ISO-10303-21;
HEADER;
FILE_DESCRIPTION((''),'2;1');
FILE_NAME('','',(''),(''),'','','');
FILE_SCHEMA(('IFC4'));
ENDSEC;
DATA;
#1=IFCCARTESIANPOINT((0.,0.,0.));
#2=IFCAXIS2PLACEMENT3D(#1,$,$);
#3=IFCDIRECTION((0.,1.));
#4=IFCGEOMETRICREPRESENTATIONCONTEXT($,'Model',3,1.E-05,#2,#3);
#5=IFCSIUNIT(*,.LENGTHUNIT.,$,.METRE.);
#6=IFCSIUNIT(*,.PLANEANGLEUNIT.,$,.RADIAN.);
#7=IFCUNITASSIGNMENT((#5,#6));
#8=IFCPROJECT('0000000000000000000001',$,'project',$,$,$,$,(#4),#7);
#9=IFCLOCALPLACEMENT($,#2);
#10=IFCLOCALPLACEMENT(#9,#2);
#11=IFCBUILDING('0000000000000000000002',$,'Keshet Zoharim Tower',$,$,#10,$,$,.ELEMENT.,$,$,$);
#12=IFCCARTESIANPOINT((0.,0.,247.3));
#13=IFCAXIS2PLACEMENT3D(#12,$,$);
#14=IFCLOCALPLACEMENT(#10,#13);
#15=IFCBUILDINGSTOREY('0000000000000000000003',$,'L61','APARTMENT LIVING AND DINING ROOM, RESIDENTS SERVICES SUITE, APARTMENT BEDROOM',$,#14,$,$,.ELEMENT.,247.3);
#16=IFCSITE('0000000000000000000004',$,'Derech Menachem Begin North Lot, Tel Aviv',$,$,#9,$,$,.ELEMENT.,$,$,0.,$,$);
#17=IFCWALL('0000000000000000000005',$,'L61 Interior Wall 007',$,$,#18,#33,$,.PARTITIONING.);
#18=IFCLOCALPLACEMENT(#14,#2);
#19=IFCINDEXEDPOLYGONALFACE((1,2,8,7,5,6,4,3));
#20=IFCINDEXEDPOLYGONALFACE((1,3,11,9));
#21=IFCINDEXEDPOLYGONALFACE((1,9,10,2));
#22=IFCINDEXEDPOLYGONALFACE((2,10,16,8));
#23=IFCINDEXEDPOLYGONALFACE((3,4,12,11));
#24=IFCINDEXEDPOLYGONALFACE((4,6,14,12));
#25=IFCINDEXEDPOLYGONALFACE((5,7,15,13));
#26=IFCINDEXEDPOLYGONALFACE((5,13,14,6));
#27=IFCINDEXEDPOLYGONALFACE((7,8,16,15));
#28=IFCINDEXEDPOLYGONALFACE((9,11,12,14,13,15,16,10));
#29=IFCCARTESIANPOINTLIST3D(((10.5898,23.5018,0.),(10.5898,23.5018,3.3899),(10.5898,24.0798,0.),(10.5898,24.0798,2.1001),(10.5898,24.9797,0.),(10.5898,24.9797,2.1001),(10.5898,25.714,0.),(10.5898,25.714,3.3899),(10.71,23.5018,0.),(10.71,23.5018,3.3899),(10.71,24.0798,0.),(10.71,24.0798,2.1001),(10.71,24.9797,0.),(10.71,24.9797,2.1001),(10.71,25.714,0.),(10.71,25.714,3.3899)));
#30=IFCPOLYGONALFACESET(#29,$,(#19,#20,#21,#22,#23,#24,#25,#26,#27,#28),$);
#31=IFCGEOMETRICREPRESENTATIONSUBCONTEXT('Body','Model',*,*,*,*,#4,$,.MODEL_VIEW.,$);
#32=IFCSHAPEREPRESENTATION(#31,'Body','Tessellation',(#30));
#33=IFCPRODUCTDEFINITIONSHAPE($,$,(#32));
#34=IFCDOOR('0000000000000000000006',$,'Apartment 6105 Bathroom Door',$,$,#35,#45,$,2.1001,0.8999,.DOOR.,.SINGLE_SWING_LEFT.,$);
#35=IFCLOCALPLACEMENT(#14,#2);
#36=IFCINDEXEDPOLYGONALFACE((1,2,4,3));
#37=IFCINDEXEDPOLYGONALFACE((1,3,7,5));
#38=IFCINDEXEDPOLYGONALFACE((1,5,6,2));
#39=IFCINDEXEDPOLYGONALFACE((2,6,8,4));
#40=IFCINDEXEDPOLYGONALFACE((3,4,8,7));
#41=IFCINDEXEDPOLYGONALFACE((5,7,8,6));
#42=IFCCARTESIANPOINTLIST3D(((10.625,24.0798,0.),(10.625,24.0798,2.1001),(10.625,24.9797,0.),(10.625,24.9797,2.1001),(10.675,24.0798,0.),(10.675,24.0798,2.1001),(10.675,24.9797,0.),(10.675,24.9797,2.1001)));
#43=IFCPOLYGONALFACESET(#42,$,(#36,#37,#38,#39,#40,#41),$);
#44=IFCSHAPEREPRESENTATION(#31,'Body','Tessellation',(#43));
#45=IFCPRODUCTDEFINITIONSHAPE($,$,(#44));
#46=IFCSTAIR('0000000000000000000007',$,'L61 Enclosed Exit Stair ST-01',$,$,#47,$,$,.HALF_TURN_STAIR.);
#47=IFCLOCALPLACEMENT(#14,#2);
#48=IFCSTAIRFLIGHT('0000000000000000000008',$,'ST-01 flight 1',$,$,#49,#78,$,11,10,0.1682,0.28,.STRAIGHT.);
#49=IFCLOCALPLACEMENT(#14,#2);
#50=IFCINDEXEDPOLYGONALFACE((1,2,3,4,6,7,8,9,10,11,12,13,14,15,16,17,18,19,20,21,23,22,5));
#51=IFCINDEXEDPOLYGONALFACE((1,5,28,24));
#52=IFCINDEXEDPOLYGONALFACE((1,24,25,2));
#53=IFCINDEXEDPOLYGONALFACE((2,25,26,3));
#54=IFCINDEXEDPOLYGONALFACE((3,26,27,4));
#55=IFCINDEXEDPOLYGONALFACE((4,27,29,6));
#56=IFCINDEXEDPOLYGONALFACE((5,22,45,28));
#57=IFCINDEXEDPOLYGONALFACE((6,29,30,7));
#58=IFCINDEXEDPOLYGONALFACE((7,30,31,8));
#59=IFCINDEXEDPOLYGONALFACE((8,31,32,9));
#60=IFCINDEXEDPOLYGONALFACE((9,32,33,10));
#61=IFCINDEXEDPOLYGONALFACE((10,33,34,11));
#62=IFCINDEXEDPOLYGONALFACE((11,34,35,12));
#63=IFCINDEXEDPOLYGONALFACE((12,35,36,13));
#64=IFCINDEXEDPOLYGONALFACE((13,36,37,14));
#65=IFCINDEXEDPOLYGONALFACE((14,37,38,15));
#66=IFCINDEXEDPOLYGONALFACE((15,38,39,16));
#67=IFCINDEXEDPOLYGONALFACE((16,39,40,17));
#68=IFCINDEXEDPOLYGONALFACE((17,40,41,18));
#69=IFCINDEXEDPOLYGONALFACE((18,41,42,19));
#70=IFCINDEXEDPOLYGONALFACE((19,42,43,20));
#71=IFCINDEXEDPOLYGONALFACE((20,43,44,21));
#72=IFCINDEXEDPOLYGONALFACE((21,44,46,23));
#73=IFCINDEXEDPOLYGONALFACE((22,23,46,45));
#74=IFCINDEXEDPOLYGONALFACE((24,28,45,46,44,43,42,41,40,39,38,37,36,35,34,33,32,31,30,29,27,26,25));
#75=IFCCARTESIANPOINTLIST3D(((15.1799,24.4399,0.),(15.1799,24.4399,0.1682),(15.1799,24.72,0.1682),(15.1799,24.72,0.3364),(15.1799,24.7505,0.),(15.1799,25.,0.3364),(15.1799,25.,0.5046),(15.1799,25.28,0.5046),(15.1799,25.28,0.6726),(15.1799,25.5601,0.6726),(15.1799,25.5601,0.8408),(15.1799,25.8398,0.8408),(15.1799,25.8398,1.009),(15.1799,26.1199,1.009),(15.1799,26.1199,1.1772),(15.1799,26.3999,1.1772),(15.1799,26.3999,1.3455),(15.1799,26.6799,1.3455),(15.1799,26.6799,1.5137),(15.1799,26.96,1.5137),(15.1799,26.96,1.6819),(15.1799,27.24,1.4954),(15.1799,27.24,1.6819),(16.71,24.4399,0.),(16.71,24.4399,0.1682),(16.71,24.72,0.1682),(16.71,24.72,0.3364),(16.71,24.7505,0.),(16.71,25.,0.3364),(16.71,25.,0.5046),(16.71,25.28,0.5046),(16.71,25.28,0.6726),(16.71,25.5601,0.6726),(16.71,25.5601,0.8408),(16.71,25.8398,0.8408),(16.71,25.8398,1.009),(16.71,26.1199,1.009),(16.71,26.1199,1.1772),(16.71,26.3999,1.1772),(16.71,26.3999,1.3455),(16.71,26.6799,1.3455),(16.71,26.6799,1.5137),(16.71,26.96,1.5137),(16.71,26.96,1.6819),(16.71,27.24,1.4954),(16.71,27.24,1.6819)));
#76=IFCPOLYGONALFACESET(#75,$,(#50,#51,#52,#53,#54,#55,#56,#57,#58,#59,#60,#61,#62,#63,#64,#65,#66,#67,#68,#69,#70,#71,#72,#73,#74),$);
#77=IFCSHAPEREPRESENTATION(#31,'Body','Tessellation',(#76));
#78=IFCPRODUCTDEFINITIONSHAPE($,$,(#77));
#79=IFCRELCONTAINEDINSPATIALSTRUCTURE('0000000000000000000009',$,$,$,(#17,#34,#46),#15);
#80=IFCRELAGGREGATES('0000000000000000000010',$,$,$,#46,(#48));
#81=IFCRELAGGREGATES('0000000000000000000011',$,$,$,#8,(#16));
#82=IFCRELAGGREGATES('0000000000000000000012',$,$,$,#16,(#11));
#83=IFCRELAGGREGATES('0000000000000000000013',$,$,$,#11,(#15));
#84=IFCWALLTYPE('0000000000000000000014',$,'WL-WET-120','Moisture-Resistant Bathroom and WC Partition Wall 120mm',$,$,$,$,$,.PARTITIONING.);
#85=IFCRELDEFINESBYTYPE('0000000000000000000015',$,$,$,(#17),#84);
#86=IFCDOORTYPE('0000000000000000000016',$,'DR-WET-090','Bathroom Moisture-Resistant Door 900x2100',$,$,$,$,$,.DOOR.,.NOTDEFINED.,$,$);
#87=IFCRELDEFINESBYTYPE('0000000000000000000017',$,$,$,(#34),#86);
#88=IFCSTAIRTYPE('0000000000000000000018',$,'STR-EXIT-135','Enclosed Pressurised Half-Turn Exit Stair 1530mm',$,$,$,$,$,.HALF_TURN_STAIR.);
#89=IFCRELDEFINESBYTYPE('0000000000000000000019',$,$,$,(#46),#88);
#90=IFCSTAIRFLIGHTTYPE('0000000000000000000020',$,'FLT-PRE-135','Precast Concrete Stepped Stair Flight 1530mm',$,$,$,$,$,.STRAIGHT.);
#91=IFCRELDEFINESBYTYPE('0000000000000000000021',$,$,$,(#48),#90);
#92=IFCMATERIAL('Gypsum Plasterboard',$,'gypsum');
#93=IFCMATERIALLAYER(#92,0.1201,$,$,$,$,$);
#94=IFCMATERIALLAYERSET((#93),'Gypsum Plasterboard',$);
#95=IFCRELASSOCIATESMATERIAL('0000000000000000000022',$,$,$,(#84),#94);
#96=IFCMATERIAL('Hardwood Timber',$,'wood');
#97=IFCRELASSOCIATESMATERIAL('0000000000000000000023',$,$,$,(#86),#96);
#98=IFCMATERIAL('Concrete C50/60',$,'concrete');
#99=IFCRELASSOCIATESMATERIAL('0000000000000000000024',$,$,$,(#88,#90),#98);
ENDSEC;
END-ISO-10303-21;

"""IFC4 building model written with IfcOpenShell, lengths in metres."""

from ifc_helpers import new_model, si_unit, direction, frame, frame_2d, origin, place, context, subcontext, project, spatial, polyline, rectangle, outline, extrude, material, layer, layer_set, type_object, element, fill, aggregate, save


model = new_model("IFC4")

# Units and contexts
model_context = context("Model", 3, precision=1e-05, world=origin(), true_north=direction((0.0, 1.0)))
body_context = subcontext(model_context, "Body", "Model", "MODEL_VIEW")
ifc_project = project(units=[si_unit("LENGTHUNIT", "METRE"), si_unit("PLANEANGLEUNIT", "RADIAN")], contexts=[model_context])

# Site, building, storey
site_placement = place(None, origin())
site = spatial("IfcSite", under=ifc_project, at=site_placement, Name="Derech Menachem Begin North Lot, Tel Aviv", CompositionType="ELEMENT", RefElevation=0.0)
building_placement = place(site_placement, origin())
building = spatial("IfcBuilding", under=site, at=building_placement, Name="Keshet Zoharim Tower", CompositionType="ELEMENT")
storey_placement = place(building_placement, frame((0.0, 0.0, 247.3)))
storey = spatial("IfcBuildingStorey", under=building, at=storey_placement, Name="L61", Description="APARTMENT LIVING AND DINING ROOM, RESIDENTS SERVICES SUITE, APARTMENT BEDROOM", CompositionType="ELEMENT", Elevation=247.3)

# Shared definitions
ifc_material_1 = material(Name="Concrete C50/60", Category="concrete")

# Shared definitions
ifc_material_2 = material(Name="Hardwood Timber", Category="wood")

# Shared definitions
ifc_material_3 = material(Name="Gypsum Plasterboard", Category="gypsum")

# Wall, opening, door
ifc_layer_1 = layer(ifc_material_3, 0.1201)
ifc_layer_set_1 = layer_set([ifc_layer_1], Name="Gypsum Plasterboard")
wall_type_1 = type_object("IfcWallType", Name="WL-WET-120", Description="Moisture-Resistant Bathroom and WC Partition Wall 120mm", PredefinedType="PARTITIONING", material=ifc_layer_set_1)
wall_1_placement = place(storey_placement, frame((10.6499, 23.502, 0.0), z_axis=(0.0, 0.0, 1.0), x_axis=(0.0, 1.0, 0.0)))
wall_1 = element("IfcWall", 1, at=wall_1_placement, inside=storey, type_object=wall_type_1, Name="L61 Interior Wall 007", PredefinedType="PARTITIONING", context=body_context, shape_type="SweptSolid", body=[
    extrude(rectangle(XDim=2.2122, YDim=0.1201, at=frame_2d((1.106, 0.0))), origin(), (0.0, 0.0, 1.0), 3.3899),
])
opening_1_placement = place(wall_1_placement, frame((0.5779, 0.0, 0.0)))
opening_1 = element("IfcOpeningElement", 2, at=opening_1_placement, cuts=wall_1, PredefinedType="OPENING", context=body_context, shape_type="SweptSolid", body=[
    extrude(rectangle(XDim=0.8999, YDim=2.1001, at=frame_2d((0.45, 1.05))), frame((0.0, 0.0701, 0.0), z_axis=(0.0, -1.0, 0.0), x_axis=(1.0, 0.0, 0.0)), (0.0, 0.0, 1.0), 0.1401),
])
door_type_1 = type_object("IfcDoorType", Name="DR-WET-090", Description="Bathroom Moisture-Resistant Door 900x2100", OperationType="NOTDEFINED", PredefinedType="DOOR", material=ifc_material_2)
door_1_placement = place(opening_1_placement, origin())
door_1 = element("IfcDoor", 3, at=door_1_placement, inside=storey, type_object=door_type_1, Name="Apartment 6105 Bathroom Door", OperationType="SINGLE_SWING_LEFT", OverallHeight=2.1001, OverallWidth=0.8999, PredefinedType="DOOR", context=body_context, shape_type="SweptSolid", body=[
    extrude(rectangle(XDim=0.8999, YDim=2.1001, at=frame_2d((0.45, 1.05))), frame((0.0, 0.0249, 0.0), z_axis=(0.0, -1.0, 0.0), x_axis=(1.0, 0.0, 0.0)), (0.0, 0.0, 1.0), 0.05),
])
fill(opening_1, door_1)

# Stair, stair flight
stair_type = type_object("IfcStairType", Name="STR-EXIT-135", Description="Enclosed Pressurised Half-Turn Exit Stair 1530mm", PredefinedType="HALF_TURN_STAIR", material=ifc_material_1)
stair_placement = place(storey_placement, origin())
stair = element("IfcStair", 4, at=stair_placement, inside=storey, type_object=stair_type, Name="L61 Enclosed Exit Stair ST-01", PredefinedType="HALF_TURN_STAIR")
stair_flight_type = type_object("IfcStairFlightType", Name="FLT-PRE-135", Description="Precast Concrete Stepped Stair Flight 1530mm", PredefinedType="STRAIGHT", material=ifc_material_1)
stair_flight_placement = place(storey_placement, frame((15.9451, 24.4399, 0.0), z_axis=(0.0, 0.0, 1.0), x_axis=(0.0, 1.0, 0.0)))
stair_flight = element("IfcStairFlight", 5, at=stair_flight_placement, type_object=stair_flight_type, Name="ST-01 flight 1", NumberOfRisers=11, NumberOfTreads=10, PredefinedType="STRAIGHT", RiserHeight=0.1682, TreadLength=0.28, context=body_context, shape_type="SweptSolid", body=[
    extrude(outline(polyline([(0.0, 0.0), (0.0, 0.1682), (0.28, 0.1682), (0.28, 0.3364), (0.5601, 0.3364), (0.5601, 0.5046), (0.8401, 0.5046), (0.8401, 0.6726), (1.1201, 0.6726), (1.1201, 0.8408), (1.3999, 0.8408), (1.3999, 1.009), (1.6799, 1.009), (1.6799, 1.1772), (1.96, 1.1772), (1.96, 1.3455), (2.24, 1.3455), (2.24, 1.5137), (2.52, 1.5137), (2.52, 1.6819), (2.8, 1.6819), (2.8, 1.8501), (2.8, 1.4954), (0.3105, 0.0), (0.0, 0.0)])), frame((0.0, 0.7651, 0.0), z_axis=(0.0, -1.0, 0.0), x_axis=(1.0, 0.0, 0.0)), (0.0, 0.0, 1.0), 1.53),
])
aggregate(stair, [stair_flight])

save(model, "model.ifc")
